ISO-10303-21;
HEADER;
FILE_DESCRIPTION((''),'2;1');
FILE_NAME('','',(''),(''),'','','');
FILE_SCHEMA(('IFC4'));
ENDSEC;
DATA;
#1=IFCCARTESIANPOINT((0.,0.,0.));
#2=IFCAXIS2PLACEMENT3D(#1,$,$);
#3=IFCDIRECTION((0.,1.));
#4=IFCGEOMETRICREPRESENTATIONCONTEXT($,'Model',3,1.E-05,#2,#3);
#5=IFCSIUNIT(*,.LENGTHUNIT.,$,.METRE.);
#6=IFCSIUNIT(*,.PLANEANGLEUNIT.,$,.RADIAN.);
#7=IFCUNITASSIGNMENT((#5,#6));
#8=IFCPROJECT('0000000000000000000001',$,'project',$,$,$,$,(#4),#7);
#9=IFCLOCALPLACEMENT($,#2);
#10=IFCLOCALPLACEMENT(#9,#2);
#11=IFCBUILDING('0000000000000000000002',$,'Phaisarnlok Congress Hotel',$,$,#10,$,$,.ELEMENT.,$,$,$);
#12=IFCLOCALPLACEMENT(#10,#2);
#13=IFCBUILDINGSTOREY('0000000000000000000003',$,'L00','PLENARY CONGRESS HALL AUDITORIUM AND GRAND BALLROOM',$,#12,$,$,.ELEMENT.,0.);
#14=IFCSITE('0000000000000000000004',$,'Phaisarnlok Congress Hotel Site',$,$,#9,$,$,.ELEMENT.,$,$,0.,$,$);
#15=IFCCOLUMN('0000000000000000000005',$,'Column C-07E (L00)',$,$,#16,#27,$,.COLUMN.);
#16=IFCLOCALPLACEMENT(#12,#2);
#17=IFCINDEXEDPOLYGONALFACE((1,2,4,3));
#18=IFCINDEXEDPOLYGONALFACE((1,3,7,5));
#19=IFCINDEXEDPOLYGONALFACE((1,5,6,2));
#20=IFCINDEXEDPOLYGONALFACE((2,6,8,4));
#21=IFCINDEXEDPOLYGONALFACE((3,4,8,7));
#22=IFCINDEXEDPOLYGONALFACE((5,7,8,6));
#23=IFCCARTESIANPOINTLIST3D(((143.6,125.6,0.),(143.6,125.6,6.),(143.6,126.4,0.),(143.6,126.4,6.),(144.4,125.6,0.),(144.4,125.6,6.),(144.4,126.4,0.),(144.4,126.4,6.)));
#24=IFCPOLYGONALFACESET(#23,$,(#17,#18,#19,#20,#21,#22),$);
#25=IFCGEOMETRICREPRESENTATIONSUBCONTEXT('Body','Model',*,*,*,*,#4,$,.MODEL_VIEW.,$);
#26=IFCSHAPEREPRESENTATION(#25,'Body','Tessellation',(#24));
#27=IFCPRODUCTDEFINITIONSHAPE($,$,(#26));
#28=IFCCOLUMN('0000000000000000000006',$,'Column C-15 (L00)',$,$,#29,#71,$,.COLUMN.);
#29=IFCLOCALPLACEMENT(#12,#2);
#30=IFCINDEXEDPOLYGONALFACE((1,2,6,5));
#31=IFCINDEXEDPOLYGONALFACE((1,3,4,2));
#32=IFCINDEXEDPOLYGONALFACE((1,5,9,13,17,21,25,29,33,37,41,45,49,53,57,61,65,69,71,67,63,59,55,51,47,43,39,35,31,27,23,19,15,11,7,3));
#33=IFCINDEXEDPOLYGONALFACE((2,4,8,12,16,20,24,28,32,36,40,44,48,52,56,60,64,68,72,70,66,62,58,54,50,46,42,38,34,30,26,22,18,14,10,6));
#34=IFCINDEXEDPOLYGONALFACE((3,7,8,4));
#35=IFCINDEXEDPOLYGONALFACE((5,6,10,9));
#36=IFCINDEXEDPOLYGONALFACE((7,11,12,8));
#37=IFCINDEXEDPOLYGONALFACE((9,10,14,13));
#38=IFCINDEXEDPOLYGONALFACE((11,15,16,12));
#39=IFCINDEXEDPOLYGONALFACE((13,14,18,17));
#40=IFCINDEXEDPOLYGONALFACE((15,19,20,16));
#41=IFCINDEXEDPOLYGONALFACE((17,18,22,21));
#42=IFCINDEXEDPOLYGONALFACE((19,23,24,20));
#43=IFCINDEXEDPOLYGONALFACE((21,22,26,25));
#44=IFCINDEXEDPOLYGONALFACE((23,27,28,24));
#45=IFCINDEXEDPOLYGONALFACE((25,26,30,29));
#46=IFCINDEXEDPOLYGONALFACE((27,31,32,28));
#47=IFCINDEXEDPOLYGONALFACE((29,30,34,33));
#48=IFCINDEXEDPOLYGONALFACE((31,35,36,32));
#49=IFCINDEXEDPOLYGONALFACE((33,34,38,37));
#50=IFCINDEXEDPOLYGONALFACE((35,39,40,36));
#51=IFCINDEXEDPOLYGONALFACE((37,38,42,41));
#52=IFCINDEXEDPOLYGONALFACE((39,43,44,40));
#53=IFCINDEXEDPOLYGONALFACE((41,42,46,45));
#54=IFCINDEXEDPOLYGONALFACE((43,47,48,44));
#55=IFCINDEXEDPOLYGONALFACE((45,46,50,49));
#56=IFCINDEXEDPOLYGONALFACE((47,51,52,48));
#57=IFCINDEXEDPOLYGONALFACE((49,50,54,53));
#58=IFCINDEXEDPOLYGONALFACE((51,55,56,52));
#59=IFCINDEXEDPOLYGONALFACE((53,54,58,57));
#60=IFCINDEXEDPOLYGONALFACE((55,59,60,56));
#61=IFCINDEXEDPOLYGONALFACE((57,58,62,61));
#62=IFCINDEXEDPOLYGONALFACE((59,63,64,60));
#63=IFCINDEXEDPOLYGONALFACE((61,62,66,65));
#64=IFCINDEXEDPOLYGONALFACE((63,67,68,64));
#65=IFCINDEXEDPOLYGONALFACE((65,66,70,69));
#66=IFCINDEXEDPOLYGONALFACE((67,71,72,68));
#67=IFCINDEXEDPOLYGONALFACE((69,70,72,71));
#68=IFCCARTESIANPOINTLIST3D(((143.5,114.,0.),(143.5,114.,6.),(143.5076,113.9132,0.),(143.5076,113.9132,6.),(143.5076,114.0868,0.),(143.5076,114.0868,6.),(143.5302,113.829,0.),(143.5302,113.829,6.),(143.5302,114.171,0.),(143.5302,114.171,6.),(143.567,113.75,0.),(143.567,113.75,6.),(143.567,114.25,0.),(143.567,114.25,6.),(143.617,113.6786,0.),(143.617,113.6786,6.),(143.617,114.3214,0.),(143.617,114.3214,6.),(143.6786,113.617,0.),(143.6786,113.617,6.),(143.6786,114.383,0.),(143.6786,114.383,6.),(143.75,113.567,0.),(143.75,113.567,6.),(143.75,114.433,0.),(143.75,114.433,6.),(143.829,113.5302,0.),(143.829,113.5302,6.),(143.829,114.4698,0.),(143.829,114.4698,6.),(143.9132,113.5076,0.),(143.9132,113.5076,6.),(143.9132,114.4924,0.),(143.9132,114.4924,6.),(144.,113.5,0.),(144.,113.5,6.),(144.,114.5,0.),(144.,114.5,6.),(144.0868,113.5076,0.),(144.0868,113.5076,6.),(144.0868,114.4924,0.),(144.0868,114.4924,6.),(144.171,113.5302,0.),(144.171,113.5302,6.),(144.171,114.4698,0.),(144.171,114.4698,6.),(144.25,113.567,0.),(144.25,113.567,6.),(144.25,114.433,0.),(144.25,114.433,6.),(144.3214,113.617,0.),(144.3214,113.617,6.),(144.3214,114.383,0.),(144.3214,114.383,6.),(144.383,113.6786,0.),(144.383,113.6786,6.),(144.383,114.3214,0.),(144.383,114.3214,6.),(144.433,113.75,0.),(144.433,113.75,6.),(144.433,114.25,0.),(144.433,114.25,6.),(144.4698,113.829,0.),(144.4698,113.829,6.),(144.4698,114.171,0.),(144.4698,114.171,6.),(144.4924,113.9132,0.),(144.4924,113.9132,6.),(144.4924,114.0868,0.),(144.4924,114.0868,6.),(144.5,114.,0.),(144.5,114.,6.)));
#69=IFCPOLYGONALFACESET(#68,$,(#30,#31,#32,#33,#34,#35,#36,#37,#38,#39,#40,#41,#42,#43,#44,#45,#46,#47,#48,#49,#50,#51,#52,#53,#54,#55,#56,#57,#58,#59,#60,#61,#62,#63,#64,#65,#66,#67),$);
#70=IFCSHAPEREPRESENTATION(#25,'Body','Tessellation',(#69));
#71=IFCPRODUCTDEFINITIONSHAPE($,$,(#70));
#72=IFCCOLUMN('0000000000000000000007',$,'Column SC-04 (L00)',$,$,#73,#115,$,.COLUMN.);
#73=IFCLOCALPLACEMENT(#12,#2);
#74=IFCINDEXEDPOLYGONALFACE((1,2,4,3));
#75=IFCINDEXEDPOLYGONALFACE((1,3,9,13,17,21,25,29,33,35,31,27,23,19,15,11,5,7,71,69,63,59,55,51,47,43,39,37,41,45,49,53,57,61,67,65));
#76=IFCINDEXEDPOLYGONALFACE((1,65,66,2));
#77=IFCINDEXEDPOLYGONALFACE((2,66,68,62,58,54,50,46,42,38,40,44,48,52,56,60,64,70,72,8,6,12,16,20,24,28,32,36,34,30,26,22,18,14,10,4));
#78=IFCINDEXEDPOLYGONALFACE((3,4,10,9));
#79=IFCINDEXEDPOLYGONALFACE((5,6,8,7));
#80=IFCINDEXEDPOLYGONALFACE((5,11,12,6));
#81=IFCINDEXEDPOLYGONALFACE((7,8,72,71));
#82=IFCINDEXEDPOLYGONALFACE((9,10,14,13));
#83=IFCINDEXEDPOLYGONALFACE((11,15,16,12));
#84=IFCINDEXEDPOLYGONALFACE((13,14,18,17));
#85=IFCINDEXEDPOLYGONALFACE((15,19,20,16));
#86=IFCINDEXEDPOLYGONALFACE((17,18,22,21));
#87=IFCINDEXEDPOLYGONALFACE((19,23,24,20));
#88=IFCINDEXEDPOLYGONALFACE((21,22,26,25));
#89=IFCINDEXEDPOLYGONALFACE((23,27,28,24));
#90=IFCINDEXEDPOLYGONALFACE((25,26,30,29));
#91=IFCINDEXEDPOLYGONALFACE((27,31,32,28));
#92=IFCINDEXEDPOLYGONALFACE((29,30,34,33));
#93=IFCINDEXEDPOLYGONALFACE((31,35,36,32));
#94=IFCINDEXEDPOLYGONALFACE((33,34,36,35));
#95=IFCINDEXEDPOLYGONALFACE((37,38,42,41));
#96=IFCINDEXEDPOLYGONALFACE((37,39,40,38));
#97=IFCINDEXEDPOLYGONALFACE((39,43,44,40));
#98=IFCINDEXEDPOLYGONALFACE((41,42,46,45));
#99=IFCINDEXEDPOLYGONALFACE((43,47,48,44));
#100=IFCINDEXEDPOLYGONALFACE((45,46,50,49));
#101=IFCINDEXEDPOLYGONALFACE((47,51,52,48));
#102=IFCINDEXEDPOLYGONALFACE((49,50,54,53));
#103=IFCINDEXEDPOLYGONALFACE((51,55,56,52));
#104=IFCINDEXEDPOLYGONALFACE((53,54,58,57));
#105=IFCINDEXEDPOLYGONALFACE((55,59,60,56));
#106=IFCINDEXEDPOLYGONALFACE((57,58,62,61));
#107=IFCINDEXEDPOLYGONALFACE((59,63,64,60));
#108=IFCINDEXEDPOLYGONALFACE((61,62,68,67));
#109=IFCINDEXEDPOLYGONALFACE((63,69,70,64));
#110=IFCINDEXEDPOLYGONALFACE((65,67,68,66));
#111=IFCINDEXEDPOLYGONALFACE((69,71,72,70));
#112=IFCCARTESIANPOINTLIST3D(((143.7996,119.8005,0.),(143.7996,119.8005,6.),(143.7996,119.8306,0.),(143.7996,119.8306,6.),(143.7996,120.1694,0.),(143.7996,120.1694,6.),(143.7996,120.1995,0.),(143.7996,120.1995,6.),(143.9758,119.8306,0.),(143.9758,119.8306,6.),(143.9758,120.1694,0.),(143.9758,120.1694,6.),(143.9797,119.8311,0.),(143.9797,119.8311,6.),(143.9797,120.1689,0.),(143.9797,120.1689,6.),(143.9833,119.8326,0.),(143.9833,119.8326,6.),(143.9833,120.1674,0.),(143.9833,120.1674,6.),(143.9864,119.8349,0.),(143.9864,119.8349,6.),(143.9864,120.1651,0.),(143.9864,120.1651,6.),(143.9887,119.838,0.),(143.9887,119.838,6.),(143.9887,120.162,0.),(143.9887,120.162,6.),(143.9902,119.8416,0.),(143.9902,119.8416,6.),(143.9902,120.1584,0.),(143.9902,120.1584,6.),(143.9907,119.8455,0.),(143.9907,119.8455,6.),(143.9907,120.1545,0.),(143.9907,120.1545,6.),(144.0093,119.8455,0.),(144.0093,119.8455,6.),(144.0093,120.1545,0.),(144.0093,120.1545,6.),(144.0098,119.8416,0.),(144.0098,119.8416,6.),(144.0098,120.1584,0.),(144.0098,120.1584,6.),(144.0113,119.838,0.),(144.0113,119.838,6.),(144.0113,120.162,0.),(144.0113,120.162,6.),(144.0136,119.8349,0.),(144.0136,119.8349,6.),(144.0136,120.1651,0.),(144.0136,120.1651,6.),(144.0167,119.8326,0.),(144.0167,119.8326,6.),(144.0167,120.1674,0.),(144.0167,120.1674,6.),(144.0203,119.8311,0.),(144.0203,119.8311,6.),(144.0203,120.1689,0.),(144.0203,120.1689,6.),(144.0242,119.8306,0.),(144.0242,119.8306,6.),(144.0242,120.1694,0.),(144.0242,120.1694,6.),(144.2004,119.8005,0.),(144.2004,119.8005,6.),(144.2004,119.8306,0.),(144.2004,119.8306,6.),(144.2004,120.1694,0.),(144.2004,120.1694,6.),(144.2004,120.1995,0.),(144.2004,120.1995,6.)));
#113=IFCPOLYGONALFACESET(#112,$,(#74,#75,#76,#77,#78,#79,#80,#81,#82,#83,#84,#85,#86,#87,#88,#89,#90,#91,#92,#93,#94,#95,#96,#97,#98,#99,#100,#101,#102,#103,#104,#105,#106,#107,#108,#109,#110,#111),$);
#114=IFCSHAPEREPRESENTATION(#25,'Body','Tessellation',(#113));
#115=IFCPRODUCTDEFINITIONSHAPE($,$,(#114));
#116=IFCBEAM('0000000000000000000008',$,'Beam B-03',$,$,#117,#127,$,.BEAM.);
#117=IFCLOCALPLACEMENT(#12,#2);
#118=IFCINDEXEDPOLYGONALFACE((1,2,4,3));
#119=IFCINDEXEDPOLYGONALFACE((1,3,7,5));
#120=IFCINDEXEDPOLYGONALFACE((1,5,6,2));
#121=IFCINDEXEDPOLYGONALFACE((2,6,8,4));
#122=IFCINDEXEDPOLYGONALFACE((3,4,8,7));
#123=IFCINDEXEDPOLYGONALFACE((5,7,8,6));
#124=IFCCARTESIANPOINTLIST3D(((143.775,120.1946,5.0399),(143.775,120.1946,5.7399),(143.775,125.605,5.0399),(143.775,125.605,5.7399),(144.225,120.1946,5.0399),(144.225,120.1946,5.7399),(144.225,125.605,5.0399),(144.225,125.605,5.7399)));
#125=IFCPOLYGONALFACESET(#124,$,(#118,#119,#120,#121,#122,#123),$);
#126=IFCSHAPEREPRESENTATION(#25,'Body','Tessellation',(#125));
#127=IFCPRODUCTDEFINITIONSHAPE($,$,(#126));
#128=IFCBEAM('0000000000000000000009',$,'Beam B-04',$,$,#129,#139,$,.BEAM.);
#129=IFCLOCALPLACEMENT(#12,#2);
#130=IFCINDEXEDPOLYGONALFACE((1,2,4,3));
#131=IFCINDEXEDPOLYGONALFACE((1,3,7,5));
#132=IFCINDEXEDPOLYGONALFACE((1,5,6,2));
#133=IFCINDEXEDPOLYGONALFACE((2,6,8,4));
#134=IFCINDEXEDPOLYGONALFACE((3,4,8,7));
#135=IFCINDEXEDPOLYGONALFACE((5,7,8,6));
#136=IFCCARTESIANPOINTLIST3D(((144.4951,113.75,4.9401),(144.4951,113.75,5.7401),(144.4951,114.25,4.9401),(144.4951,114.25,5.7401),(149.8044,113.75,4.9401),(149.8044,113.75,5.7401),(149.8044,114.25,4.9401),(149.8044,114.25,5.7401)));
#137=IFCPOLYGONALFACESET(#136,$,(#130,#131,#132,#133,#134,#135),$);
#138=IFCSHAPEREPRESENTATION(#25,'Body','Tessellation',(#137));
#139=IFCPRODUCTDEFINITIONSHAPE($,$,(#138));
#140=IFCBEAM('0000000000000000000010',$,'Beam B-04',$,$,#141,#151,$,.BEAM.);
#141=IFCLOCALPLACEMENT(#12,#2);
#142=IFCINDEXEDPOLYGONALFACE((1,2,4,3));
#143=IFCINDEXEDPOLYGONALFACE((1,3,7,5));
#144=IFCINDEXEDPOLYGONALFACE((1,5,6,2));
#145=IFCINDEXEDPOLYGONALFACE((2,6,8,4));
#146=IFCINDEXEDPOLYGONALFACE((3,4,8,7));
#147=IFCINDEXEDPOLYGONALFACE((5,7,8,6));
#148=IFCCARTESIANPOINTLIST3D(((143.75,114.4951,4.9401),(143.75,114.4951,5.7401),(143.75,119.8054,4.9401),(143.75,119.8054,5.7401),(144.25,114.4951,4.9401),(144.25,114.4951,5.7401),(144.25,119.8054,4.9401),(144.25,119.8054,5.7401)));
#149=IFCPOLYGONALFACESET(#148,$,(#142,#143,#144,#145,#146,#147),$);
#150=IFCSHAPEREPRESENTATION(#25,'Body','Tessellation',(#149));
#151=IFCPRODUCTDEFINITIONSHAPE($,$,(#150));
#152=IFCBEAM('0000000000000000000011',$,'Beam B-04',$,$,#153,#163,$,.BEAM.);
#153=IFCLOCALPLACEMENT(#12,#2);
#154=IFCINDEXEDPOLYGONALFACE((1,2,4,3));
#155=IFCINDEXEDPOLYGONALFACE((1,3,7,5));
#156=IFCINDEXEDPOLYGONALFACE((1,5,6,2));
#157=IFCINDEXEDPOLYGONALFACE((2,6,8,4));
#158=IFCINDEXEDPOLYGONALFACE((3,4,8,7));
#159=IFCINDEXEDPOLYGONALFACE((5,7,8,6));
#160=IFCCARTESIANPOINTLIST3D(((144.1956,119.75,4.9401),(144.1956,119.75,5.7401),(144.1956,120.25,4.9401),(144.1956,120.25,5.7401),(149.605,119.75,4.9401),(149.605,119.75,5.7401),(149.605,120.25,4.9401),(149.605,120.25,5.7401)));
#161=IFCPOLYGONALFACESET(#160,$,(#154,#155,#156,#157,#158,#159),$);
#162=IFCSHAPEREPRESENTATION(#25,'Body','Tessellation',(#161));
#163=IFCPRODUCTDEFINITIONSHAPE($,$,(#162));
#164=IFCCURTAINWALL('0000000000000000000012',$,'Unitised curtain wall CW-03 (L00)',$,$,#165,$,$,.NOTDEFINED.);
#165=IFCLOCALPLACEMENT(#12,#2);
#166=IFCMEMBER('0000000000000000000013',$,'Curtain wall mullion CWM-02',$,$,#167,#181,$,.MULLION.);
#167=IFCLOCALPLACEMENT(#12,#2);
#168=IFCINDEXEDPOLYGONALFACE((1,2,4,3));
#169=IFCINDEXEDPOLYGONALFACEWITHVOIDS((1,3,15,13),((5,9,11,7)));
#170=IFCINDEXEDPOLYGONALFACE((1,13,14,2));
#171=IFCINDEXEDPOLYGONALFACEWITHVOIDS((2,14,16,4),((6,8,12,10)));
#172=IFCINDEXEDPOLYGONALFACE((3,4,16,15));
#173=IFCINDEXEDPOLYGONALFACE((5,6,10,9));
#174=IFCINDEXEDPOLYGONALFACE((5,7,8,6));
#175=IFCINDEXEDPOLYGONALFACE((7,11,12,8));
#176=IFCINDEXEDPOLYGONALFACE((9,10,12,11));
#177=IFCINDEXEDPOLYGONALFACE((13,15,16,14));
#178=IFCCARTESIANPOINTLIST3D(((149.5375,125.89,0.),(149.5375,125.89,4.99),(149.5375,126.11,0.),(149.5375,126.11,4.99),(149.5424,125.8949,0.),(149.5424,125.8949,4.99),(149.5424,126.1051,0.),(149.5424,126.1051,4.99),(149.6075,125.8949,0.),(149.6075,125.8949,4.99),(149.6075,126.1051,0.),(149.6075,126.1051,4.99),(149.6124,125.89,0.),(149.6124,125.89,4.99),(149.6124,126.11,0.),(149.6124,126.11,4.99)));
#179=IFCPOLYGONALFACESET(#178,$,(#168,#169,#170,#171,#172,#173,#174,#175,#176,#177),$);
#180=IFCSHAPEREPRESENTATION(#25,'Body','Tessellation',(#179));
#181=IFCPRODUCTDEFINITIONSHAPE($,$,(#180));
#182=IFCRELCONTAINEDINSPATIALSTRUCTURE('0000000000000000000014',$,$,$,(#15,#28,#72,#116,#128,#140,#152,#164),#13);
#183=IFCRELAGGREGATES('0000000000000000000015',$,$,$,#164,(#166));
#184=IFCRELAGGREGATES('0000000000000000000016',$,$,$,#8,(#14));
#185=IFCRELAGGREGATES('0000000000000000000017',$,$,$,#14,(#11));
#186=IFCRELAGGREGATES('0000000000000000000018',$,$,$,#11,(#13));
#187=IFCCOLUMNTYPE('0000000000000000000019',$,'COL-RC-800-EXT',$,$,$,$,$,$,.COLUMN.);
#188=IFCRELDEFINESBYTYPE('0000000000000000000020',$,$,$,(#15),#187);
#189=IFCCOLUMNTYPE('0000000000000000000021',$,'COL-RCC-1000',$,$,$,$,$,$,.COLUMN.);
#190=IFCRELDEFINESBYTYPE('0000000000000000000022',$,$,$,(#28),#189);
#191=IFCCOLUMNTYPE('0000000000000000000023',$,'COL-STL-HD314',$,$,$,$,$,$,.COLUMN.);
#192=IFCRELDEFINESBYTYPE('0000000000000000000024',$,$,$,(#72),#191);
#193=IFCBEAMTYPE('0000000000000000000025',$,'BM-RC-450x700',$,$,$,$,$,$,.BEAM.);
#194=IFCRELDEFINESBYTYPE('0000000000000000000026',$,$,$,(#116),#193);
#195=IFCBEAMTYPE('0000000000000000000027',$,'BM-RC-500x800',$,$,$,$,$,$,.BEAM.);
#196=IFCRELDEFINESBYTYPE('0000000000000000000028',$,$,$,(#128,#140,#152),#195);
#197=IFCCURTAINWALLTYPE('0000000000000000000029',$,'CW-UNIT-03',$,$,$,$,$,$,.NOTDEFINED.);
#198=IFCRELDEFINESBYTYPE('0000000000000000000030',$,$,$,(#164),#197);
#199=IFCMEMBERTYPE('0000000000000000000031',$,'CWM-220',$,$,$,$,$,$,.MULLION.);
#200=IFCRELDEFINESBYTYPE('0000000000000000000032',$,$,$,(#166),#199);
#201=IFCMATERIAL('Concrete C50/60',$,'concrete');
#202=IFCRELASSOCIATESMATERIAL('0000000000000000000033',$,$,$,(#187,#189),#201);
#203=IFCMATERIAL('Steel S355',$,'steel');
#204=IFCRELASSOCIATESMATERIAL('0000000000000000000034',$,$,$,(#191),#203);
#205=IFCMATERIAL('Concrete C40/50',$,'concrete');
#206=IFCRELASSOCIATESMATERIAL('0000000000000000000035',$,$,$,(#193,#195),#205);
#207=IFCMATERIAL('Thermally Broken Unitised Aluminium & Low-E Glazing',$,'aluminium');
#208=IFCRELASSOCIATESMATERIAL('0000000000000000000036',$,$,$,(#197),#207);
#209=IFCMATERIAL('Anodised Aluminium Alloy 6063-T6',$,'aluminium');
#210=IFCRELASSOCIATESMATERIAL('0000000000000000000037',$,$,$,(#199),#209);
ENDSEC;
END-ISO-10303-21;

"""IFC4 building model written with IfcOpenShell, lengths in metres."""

from ifc_helpers import new_model, si_unit, direction, frame, origin, origin_2d, place, context, subcontext, project, spatial, rectangle, hollow_rectangle, circle, i_section, extrude, material, material_profile, profile_set, type_object, element, aggregate, save


model = new_model("IFC4")

# Units and contexts
model_context = context("Model", 3, precision=1e-05, world=origin(), true_north=direction((0.0, 1.0)))
body_context = subcontext(model_context, "Body", "Model", "MODEL_VIEW")
ifc_project = project(units=[si_unit("LENGTHUNIT", "METRE"), si_unit("PLANEANGLEUNIT", "RADIAN")], contexts=[model_context])

# Site, building, storey
site_placement = place(None, origin())
site = spatial("IfcSite", under=ifc_project, at=site_placement, Name="Phaisarnlok Congress Hotel Site", CompositionType="ELEMENT", RefElevation=0.0)
building_placement = place(site_placement, origin())
building = spatial("IfcBuilding", under=site, at=building_placement, Name="Phaisarnlok Congress Hotel", CompositionType="ELEMENT")
storey_placement = place(building_placement, origin())
storey = spatial("IfcBuildingStorey", under=building, at=storey_placement, Name="L00", Description="PLENARY CONGRESS HALL AUDITORIUM AND GRAND BALLROOM", CompositionType="ELEMENT", Elevation=0.0)

# Columns
ifc_material_1 = material(Name="Concrete C50/60", Category="concrete")
ifc_material_profile_1 = material_profile(ifc_material_1, rectangle(XDim=0.8, YDim=0.8, at=origin_2d()), Name="RC 800x800")
ifc_profile_set_1 = profile_set([ifc_material_profile_1], Name="Concrete C50/60")
column_type_1 = type_object("IfcColumnType", Name="COL-RC-800-EXT", PredefinedType="COLUMN", material=ifc_profile_set_1)
column_1_placement = place(storey_placement, frame((144.0, 126.0, 0.0), z_axis=(0.0, 0.0, 1.0), x_axis=(1.0, 0.0, 0.0)))
element("IfcColumn", 1, at=column_1_placement, inside=storey, type_object=column_type_1, Name="Column C-07E (L00)", PredefinedType="COLUMN", context=body_context, shape_type="SweptSolid", body=[
    extrude(rectangle(XDim=0.8, YDim=0.8, at=origin_2d()), origin(), (0.0, 0.0, 1.0), 6.0),
])
ifc_material_profile_2 = material_profile(ifc_material_1, circle(Radius=0.5, at=origin_2d()), Name="RCC D1000")
ifc_profile_set_2 = profile_set([ifc_material_profile_2], Name="Concrete C50/60")
column_type_2 = type_object("IfcColumnType", Name="COL-RCC-1000", PredefinedType="COLUMN", material=ifc_profile_set_2)
column_2_placement = place(storey_placement, frame((144.0, 114.0, 0.0), z_axis=(0.0, 0.0, 1.0), x_axis=(1.0, 0.0, 0.0)))
element("IfcColumn", 2, at=column_2_placement, inside=storey, type_object=column_type_2, Name="Column C-15 (L00)", PredefinedType="COLUMN", context=body_context, shape_type="SweptSolid", body=[
    extrude(circle(Radius=0.5, at=origin_2d()), origin(), (0.0, 0.0, 1.0), 6.0),
])
ifc_material_2 = material(Name="Steel S355", Category="steel")
ifc_material_profile_3 = material_profile(ifc_material_2, i_section(OverallWidth=0.4009, OverallDepth=0.3989, WebThickness=0.0186, FlangeThickness=0.03, FilletRadius=0.0149, at=origin_2d()), Name="HD 400x314")
ifc_profile_set_3 = profile_set([ifc_material_profile_3], Name="Steel S355")
column_type_3 = type_object("IfcColumnType", Name="COL-STL-HD314", PredefinedType="COLUMN", material=ifc_profile_set_3)
column_3_placement = place(storey_placement, frame((144.0, 120.0, 0.0), z_axis=(0.0, 0.0, 1.0), x_axis=(1.0, 0.0, 0.0)))
element("IfcColumn", 3, at=column_3_placement, inside=storey, type_object=column_type_3, Name="Column SC-04 (L00)", PredefinedType="COLUMN", context=body_context, shape_type="SweptSolid", body=[
    extrude(i_section(OverallWidth=0.4009, OverallDepth=0.3989, WebThickness=0.0186, FlangeThickness=0.03, FilletRadius=0.0149, at=origin_2d()), origin(), (0.0, 0.0, 1.0), 6.0),
])

# Beams
ifc_material_3 = material(Name="Concrete C40/50", Category="concrete")
ifc_material_profile_4 = material_profile(ifc_material_3, rectangle(XDim=0.45, YDim=0.7, at=origin_2d()), Name="RC 450x700")
ifc_profile_set_4 = profile_set([ifc_material_profile_4], Name="Concrete C40/50")
beam_type_1 = type_object("IfcBeamType", Name="BM-RC-450x700", PredefinedType="BEAM", material=ifc_profile_set_4)
beam_1_placement = place(storey_placement, frame((144.0, 120.1946, 5.3899), z_axis=(0.0, 1.0, 0.0), x_axis=(-1.0, 0.0, 0.0)))
element("IfcBeam", 4, at=beam_1_placement, inside=storey, type_object=beam_type_1, Name="Beam B-03", PredefinedType="BEAM", context=body_context, shape_type="SweptSolid", body=[
    extrude(rectangle(XDim=0.45, YDim=0.7, at=origin_2d()), origin(), (0.0, 0.0, 1.0), 5.4104),
])
ifc_material_profile_5 = material_profile(ifc_material_3, rectangle(XDim=0.5, YDim=0.8, at=origin_2d()), Name="RC 500x800")
ifc_profile_set_5 = profile_set([ifc_material_profile_5], Name="Concrete C40/50")
beam_type_2 = type_object("IfcBeamType", Name="BM-RC-500x800", PredefinedType="BEAM", material=ifc_profile_set_5)
beam_2_placement = place(storey_placement, frame((144.4951, 114.0, 5.3401), z_axis=(1.0, 0.0, 0.0), x_axis=(0.0, 1.0, 0.0)))
element("IfcBeam", 5, at=beam_2_placement, inside=storey, type_object=beam_type_2, Name="Beam B-04", PredefinedType="BEAM", context=body_context, shape_type="SweptSolid", body=[
    extrude(rectangle(XDim=0.5, YDim=0.8, at=origin_2d()), origin(), (0.0, 0.0, 1.0), 5.3093),
])
beam_3_placement = place(storey_placement, frame((144.0, 114.4951, 5.3401), z_axis=(0.0, 1.0, 0.0), x_axis=(-1.0, 0.0, 0.0)))
element("IfcBeam", 6, at=beam_3_placement, inside=storey, type_object=beam_type_2, Name="Beam B-04", PredefinedType="BEAM", context=body_context, shape_type="SweptSolid", body=[
    extrude(rectangle(XDim=0.5, YDim=0.8, at=origin_2d()), origin(), (0.0, 0.0, 1.0), 5.3103),
])
beam_4_placement = place(storey_placement, frame((144.1956, 120.0, 5.3401), z_axis=(1.0, 0.0, 0.0), x_axis=(0.0, 1.0, 0.0)))
element("IfcBeam", 7, at=beam_4_placement, inside=storey, type_object=beam_type_2, Name="Beam B-04", PredefinedType="BEAM", context=body_context, shape_type="SweptSolid", body=[
    extrude(rectangle(XDim=0.5, YDim=0.8, at=origin_2d()), origin(), (0.0, 0.0, 1.0), 5.4094),
])

# Curtain wall, member
ifc_material_4 = material(Name="Thermally Broken Unitised Aluminium & Low-E Glazing", Category="aluminium")
curtain_wall_type = type_object("IfcCurtainWallType", Name="CW-UNIT-03", PredefinedType="NOTDEFINED", material=ifc_material_4)
curtain_wall_placement = place(storey_placement, origin())
curtain_wall = element("IfcCurtainWall", 8, at=curtain_wall_placement, inside=storey, type_object=curtain_wall_type, Name="Unitised curtain wall CW-03 (L00)", PredefinedType="NOTDEFINED")
ifc_material_5 = material(Name="Anodised Aluminium Alloy 6063-T6", Category="aluminium")
ifc_material_profile_6 = material_profile(ifc_material_5, hollow_rectangle(XDim=0.075, YDim=0.22, WallThickness=0.0049, at=origin_2d()), Name="ALU-M 75x220x5")
ifc_profile_set_6 = profile_set([ifc_material_profile_6], Name="Anodised Aluminium Alloy 6063-T6")
member_type_1 = type_object("IfcMemberType", Name="CWM-220", PredefinedType="MULLION", material=ifc_profile_set_6)
member_1_placement = place(storey_placement, frame((149.575, 126.0, 0.0), z_axis=(0.0, 0.0, 1.0), x_axis=(-1.0, 0.0, 0.0)))
member_1 = element("IfcMember", 9, at=member_1_placement, type_object=member_type_1, Name="Curtain wall mullion CWM-02", PredefinedType="MULLION", context=body_context, shape_type="SweptSolid", body=[
    extrude(hollow_rectangle(XDim=0.075, YDim=0.22, WallThickness=0.0049, at=origin_2d()), origin(), (0.0, 0.0, 1.0), 4.99),
])

aggregate(curtain_wall, [member_1])

save(model, "model.ifc")
